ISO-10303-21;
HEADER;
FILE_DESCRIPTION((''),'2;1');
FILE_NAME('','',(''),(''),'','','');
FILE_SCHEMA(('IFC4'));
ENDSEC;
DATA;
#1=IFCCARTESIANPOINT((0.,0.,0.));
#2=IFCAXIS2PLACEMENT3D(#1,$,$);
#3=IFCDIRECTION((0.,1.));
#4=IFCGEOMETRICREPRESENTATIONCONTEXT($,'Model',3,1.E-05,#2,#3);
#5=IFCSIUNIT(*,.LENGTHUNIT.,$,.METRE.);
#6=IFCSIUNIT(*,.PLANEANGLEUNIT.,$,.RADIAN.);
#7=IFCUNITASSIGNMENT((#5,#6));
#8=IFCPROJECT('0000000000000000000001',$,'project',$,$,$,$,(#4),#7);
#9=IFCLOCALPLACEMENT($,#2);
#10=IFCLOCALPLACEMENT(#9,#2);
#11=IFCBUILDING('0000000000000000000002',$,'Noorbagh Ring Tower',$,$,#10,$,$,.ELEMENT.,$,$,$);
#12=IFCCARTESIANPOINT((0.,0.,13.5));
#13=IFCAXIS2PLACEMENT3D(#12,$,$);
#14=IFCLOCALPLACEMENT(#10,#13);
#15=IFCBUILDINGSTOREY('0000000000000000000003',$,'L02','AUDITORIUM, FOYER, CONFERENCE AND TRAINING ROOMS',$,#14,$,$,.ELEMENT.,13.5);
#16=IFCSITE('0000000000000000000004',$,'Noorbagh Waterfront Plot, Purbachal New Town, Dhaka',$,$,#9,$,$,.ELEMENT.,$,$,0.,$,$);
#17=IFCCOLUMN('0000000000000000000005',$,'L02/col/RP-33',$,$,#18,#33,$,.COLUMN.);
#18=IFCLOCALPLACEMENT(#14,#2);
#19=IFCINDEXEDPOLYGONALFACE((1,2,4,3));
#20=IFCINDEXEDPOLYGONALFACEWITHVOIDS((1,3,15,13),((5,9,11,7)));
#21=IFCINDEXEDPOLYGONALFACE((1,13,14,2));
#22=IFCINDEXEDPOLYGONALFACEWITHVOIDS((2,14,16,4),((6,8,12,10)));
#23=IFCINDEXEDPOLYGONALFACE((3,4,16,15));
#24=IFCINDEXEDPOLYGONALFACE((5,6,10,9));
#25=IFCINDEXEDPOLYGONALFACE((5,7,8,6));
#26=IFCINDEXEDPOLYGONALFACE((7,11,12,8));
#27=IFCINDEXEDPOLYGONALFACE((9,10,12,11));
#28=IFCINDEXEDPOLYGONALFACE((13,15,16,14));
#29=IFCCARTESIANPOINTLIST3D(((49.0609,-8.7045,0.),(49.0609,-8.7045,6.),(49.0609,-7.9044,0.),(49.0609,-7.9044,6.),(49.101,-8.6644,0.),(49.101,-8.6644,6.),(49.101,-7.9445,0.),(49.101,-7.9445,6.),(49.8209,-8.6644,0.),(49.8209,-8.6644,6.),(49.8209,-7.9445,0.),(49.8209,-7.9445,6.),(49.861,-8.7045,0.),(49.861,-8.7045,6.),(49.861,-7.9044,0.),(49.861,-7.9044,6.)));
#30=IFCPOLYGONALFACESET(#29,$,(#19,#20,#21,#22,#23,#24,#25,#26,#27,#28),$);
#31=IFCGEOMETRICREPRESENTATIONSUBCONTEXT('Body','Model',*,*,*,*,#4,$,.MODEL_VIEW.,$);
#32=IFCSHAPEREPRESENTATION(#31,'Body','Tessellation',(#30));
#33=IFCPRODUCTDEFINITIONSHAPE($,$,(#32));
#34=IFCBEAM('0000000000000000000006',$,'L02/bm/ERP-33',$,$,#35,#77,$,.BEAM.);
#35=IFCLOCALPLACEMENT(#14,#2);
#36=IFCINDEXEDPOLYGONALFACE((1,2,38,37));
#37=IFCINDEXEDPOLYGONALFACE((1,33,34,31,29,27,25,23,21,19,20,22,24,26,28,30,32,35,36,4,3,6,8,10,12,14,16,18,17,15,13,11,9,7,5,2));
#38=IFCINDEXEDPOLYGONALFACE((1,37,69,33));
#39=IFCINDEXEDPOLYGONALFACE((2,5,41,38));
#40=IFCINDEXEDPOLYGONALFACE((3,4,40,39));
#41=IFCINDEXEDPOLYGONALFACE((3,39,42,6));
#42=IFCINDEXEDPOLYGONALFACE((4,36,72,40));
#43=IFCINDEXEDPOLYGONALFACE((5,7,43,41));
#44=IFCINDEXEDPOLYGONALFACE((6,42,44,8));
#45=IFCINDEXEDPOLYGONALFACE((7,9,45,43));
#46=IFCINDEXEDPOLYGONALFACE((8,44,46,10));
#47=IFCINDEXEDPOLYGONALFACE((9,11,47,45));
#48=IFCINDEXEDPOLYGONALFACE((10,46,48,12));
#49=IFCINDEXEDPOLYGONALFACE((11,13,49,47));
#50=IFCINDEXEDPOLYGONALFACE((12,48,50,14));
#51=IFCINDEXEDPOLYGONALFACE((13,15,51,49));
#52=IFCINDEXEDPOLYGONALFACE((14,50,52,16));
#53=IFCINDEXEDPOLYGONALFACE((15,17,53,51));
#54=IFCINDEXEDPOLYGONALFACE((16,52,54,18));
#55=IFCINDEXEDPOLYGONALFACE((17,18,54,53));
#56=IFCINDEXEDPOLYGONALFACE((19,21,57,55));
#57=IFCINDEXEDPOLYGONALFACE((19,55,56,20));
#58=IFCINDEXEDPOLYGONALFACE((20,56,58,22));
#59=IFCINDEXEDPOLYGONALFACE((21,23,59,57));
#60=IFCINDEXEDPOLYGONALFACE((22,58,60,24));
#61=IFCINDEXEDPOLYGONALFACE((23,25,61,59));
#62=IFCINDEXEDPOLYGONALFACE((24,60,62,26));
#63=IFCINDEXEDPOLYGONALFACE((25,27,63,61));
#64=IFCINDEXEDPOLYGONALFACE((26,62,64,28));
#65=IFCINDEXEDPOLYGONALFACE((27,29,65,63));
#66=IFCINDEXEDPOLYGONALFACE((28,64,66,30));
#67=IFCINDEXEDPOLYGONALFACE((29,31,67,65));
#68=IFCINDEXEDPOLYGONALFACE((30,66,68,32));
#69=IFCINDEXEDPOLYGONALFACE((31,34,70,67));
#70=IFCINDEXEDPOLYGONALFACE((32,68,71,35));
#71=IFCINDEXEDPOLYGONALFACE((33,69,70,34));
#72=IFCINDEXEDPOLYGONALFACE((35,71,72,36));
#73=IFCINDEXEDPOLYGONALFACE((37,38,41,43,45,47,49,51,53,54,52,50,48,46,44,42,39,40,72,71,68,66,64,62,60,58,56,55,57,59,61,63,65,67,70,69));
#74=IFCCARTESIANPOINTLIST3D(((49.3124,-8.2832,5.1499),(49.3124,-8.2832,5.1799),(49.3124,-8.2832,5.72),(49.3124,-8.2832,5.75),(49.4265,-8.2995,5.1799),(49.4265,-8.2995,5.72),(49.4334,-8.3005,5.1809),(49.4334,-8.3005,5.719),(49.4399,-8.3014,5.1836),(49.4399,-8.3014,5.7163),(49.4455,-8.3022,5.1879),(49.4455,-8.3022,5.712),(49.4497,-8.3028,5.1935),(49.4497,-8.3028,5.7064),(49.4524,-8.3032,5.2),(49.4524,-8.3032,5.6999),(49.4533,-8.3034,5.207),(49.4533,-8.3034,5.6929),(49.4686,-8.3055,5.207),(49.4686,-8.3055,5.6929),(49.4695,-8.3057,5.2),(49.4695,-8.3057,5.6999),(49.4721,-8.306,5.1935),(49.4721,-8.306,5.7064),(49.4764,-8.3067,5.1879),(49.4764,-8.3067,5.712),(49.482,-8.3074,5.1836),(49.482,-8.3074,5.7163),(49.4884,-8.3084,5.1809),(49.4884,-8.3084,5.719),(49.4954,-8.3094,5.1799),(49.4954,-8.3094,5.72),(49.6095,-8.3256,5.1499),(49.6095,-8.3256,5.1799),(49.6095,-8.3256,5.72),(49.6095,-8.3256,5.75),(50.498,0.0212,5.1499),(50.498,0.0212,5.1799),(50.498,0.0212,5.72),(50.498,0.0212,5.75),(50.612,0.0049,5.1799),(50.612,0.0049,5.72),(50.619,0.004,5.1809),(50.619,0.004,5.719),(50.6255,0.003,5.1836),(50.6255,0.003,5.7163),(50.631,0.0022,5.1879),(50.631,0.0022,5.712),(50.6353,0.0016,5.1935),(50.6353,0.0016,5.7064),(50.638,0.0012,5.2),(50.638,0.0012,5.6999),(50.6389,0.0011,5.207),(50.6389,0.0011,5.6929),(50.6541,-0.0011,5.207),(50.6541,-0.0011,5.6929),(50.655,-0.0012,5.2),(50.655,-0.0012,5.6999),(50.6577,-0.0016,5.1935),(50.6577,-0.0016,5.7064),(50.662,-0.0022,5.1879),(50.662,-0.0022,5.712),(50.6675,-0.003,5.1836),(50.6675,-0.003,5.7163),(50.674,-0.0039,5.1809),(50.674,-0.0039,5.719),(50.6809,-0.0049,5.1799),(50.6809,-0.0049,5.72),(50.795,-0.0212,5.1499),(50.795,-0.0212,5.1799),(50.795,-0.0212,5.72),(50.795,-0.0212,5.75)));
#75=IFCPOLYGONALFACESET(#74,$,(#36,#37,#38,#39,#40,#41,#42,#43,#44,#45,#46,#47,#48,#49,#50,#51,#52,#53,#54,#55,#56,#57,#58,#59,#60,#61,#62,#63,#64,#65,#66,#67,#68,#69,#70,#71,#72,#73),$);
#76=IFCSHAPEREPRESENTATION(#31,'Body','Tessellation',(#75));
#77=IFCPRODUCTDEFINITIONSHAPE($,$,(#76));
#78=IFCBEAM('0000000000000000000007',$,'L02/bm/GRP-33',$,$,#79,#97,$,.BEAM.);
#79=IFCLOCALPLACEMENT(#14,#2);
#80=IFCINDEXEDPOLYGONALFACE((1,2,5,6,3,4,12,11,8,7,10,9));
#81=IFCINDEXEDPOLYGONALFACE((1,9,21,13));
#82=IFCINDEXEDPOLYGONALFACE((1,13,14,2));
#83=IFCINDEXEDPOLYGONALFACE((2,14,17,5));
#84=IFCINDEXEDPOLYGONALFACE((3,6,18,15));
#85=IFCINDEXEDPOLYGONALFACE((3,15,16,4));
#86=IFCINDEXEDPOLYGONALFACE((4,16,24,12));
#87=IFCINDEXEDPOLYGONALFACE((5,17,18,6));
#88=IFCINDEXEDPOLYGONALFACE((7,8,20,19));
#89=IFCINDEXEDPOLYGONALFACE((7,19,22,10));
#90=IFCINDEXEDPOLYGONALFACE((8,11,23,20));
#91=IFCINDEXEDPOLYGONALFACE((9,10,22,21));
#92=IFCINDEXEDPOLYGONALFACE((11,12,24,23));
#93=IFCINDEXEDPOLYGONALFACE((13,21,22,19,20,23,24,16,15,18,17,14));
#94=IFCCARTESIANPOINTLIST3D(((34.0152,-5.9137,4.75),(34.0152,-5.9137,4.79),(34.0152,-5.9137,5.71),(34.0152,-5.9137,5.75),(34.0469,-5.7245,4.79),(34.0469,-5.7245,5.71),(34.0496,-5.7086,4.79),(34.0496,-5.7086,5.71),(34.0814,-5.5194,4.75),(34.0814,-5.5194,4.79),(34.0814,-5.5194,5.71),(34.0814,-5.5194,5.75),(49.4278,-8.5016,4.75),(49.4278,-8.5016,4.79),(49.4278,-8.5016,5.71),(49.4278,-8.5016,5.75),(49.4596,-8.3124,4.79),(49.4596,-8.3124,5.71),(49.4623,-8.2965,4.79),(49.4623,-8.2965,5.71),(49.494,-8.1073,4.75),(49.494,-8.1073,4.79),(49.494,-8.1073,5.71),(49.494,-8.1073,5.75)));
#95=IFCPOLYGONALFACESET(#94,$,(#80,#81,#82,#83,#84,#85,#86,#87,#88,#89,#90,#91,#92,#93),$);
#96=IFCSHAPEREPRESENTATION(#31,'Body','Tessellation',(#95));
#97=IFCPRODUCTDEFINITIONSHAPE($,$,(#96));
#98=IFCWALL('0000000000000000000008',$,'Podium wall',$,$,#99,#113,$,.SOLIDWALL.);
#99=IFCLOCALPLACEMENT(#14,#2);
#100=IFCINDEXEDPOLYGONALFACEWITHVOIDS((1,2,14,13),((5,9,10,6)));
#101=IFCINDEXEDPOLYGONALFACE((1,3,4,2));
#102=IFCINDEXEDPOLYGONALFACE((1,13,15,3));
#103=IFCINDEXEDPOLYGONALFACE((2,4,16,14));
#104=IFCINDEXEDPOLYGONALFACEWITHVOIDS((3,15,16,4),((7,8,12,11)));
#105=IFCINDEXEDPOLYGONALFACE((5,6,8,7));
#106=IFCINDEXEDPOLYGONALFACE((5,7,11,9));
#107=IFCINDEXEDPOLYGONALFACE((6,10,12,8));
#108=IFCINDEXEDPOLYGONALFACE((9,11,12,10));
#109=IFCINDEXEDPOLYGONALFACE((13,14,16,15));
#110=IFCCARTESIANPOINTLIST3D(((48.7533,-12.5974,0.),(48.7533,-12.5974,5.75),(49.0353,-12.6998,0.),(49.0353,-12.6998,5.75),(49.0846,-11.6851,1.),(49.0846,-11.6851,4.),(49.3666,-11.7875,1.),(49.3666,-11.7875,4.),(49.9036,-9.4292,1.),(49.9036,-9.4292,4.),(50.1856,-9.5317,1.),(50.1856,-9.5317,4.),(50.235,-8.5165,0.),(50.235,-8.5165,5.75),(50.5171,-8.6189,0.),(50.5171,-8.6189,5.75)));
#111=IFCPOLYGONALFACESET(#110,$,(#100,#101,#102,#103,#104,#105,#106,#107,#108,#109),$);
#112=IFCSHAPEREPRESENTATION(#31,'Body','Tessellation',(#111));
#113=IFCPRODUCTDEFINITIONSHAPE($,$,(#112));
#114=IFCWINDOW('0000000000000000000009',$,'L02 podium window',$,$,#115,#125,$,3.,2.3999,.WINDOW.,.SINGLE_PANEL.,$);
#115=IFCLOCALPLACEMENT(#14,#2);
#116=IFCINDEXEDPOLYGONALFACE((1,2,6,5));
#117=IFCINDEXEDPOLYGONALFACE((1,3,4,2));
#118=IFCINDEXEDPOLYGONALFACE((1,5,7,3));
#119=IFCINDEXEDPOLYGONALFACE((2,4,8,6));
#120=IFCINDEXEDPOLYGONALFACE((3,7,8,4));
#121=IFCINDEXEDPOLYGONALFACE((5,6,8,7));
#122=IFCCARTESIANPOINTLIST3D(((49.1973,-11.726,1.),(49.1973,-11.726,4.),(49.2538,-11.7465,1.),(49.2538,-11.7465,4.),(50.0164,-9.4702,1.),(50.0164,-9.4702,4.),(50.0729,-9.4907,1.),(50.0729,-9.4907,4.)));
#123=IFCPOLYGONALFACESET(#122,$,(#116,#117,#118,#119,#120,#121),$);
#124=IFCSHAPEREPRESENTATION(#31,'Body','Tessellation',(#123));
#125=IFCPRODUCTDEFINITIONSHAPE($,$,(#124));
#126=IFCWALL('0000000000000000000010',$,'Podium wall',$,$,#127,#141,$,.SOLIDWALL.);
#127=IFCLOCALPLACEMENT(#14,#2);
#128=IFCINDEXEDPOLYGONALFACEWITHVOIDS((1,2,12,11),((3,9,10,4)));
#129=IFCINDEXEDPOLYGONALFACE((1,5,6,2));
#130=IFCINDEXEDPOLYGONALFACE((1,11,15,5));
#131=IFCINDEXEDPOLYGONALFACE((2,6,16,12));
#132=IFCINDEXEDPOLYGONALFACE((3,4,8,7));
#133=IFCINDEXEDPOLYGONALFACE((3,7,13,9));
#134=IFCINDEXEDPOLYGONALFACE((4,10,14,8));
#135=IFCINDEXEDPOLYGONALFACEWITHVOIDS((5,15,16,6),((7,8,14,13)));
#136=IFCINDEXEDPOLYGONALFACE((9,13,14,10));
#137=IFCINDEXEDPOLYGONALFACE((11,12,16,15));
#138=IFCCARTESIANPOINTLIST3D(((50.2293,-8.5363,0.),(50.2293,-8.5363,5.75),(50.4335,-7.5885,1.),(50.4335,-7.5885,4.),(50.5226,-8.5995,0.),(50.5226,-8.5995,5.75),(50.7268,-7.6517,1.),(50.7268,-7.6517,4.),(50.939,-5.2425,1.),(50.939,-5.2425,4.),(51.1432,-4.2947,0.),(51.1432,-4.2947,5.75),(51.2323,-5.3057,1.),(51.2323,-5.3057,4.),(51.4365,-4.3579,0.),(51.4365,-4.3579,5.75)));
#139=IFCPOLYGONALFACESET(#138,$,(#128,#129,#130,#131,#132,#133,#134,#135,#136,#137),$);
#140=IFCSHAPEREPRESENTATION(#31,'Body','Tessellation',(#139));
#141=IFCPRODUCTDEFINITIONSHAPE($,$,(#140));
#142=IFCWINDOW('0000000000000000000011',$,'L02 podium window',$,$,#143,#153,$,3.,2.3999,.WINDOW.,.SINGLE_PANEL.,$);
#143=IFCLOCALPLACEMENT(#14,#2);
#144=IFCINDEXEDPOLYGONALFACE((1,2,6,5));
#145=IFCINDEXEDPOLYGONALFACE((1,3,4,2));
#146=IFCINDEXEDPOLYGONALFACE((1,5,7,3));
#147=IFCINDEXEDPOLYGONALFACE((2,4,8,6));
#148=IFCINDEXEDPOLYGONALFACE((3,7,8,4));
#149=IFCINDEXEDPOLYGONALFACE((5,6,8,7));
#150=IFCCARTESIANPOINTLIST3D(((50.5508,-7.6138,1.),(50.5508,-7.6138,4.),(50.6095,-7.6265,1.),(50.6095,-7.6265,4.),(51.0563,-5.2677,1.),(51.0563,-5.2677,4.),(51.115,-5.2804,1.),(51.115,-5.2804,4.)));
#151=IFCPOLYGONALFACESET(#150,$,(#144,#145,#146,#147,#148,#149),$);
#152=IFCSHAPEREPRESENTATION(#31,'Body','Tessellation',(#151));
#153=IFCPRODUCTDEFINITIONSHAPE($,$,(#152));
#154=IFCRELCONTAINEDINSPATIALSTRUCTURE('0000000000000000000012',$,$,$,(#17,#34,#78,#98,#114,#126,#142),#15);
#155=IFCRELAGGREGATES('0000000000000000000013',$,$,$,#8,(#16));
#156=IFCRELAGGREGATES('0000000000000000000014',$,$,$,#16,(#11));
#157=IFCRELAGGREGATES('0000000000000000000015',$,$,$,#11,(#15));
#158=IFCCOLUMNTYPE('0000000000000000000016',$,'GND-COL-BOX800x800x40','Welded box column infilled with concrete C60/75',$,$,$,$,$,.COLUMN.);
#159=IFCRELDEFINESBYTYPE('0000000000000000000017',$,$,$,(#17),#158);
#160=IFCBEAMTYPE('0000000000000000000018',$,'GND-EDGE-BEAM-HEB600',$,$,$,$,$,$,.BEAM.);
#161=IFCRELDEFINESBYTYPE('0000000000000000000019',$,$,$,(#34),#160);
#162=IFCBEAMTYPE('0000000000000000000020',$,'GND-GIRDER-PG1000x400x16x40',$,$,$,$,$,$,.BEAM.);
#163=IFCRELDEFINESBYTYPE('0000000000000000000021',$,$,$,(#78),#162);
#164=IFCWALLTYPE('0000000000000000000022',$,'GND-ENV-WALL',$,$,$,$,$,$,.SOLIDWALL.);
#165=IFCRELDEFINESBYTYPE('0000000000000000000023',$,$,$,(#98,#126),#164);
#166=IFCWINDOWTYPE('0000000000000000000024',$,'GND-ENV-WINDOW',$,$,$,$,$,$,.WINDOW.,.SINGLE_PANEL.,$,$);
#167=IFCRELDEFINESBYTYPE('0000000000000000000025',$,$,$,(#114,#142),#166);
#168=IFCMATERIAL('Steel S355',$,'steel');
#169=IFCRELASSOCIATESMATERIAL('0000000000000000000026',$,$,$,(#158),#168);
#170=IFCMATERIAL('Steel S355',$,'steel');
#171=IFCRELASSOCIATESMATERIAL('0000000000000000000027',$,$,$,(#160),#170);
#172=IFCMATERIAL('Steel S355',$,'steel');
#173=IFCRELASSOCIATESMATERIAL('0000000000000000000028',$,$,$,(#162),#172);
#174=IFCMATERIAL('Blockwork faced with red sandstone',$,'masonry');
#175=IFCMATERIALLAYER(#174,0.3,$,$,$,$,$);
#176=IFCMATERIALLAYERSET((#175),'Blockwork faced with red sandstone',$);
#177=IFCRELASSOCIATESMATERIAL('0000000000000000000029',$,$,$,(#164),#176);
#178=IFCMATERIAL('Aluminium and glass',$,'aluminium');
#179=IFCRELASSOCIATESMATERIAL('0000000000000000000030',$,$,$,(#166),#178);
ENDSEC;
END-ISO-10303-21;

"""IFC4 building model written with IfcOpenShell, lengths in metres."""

from ifc_helpers import new_model, si_unit, direction, frame, frame_2d, origin, origin_2d, place, context, subcontext, project, spatial, rectangle, hollow_rectangle, i_section, extrude, material, layer, layer_set, material_profile, profile_set, type_object, element, fill, save


model = new_model("IFC4")

# Units and contexts
model_context = context("Model", 3, precision=1e-05, world=origin(), true_north=direction((0.0, 1.0)))
body_context = subcontext(model_context, "Body", "Model", "MODEL_VIEW")
ifc_project = project(units=[si_unit("LENGTHUNIT", "METRE"), si_unit("PLANEANGLEUNIT", "RADIAN")], contexts=[model_context])

# Site, building, storey
site_placement = place(None, origin())
site = spatial("IfcSite", under=ifc_project, at=site_placement, Name="Noorbagh Waterfront Plot, Purbachal New Town, Dhaka", CompositionType="ELEMENT", RefElevation=0.0)
building_placement = place(site_placement, origin())
building = spatial("IfcBuilding", under=site, at=building_placement, Name="Noorbagh Ring Tower", CompositionType="ELEMENT")
storey_placement = place(building_placement, frame((0.0, 0.0, 13.5)))
storey = spatial("IfcBuildingStorey", under=building, at=storey_placement, Name="L02", Description="AUDITORIUM, FOYER, CONFERENCE AND TRAINING ROOMS", CompositionType="ELEMENT", Elevation=13.5)

# Column
ifc_material_1 = material(Name="Steel S355", Category="steel")
ifc_material_profile_1 = material_profile(ifc_material_1, hollow_rectangle(XDim=0.8, YDim=0.8, WallThickness=0.04, at=origin_2d()), Name="BOX800x800x40")
ifc_profile_set_1 = profile_set([ifc_material_profile_1], Name="Steel S355")
column_type = type_object("IfcColumnType", Name="GND-COL-BOX800x800x40", Description="Welded box column infilled with concrete C60/75", PredefinedType="COLUMN", material=ifc_profile_set_1)
column_placement = place(storey_placement, frame((49.4609, -8.3044, 0.0), z_axis=(0.0, 0.0, 1.0), x_axis=(1.0, 0.0, 0.0)))
element("IfcColumn", 1, at=column_placement, inside=storey, type_object=column_type, Name="L02/col/RP-33", PredefinedType="COLUMN", context=body_context, shape_type="SweptSolid", body=[
    extrude(hollow_rectangle(XDim=0.8, YDim=0.8, WallThickness=0.04, at=origin_2d()), origin(), (0.0, 0.0, 1.0), 6.0),
])

# Beams
ifc_material_2 = material(Name="Steel S355", Category="steel")
ifc_material_profile_2 = material_profile(ifc_material_2, i_section(OverallWidth=0.3, OverallDepth=0.6001, WebThickness=0.0154, FlangeThickness=0.03, FilletRadius=0.0271, at=origin_2d()), Name="HEB600")
ifc_profile_set_2 = profile_set([ifc_material_profile_2], Name="Steel S355")
beam_type_1 = type_object("IfcBeamType", Name="GND-EDGE-BEAM-HEB600", PredefinedType="BEAM", material=ifc_profile_set_2)
beam_1_placement = place(storey_placement, frame((49.4609, -8.3044, 5.45), z_axis=(0.141328, 0.989963, 0.0), x_axis=(-0.989963, 0.141328, 0.0)))
element("IfcBeam", 2, at=beam_1_placement, inside=storey, type_object=beam_type_1, Name="L02/bm/ERP-33", PredefinedType="BEAM", context=body_context, shape_type="SweptSolid", body=[
    extrude(i_section(OverallWidth=0.3, OverallDepth=0.6001, WebThickness=0.0154, FlangeThickness=0.03, FilletRadius=0.0271, at=origin_2d()), origin(), (0.0, 0.0, 1.0), 8.3887),
])
ifc_material_3 = material(Name="Steel S355", Category="steel")
ifc_material_profile_3 = material_profile(ifc_material_3, i_section(OverallWidth=0.3999, OverallDepth=1.0, WebThickness=0.0161, FlangeThickness=0.04, at=origin_2d()), Name="PG1000x400x16x40")
ifc_profile_set_3 = profile_set([ifc_material_profile_3], Name="Steel S355")
beam_type_2 = type_object("IfcBeamType", Name="GND-GIRDER-PG1000x400x16x40", PredefinedType="BEAM", material=ifc_profile_set_3)
beam_2_placement = place(storey_placement, frame((49.4609, -8.3044, 5.25), z_axis=(-0.986195, 0.165589, 0.0), x_axis=(-0.165589, -0.986195, 0.0)))
element("IfcBeam", 3, at=beam_2_placement, inside=storey, type_object=beam_type_2, Name="L02/bm/GRP-33", PredefinedType="BEAM", context=body_context, shape_type="SweptSolid", body=[
    extrude(i_section(OverallWidth=0.3999, OverallDepth=1.0, WebThickness=0.0161, FlangeThickness=0.04, at=origin_2d()), origin(), (0.0, 0.0, 1.0), 15.6284),
])

# Walls, openings, windows
ifc_material_4 = material(Name="Blockwork faced with red sandstone", Category="masonry")
ifc_layer_1 = layer(ifc_material_4, 0.3)
ifc_layer_set_1 = layer_set([ifc_layer_1], Name="Blockwork faced with red sandstone")
wall_type_1 = type_object("IfcWallType", Name="GND-ENV-WALL", PredefinedType="SOLIDWALL", material=ifc_layer_set_1)
wall_1_placement = place(storey_placement, frame((48.8943, -12.6487, 0.0), z_axis=(0.0, 0.0, 1.0), x_axis=(0.341287, 0.939959, 0.0)))
wall_1 = element("IfcWall", 4, at=wall_1_placement, inside=storey, type_object=wall_type_1, Name="Podium wall", PredefinedType="SOLIDWALL", context=body_context, shape_type="SweptSolid", body=[
    extrude(rectangle(XDim=4.3416, YDim=0.3, at=frame_2d((2.1709, 0.0))), origin(), (0.0, 0.0, 1.0), 5.75),
])
opening_1_placement = place(wall_1_placement, frame((0.9707, 0.0, 1.0)))
opening_1 = element("IfcOpeningElement", 5, at=opening_1_placement, cuts=wall_1, PredefinedType="OPENING", context=body_context, shape_type="SweptSolid", body=[
    extrude(rectangle(XDim=2.3999, YDim=3.0, at=frame_2d((1.2, 1.5))), frame((0.0, 0.1602, 0.0), z_axis=(0.0, -1.0, 0.0), x_axis=(1.0, 0.0, 0.0)), (0.0, 0.0, 1.0), 0.3201),
])
ifc_material_5 = material(Name="Aluminium and glass", Category="aluminium")
window_type = type_object("IfcWindowType", Name="GND-ENV-WINDOW", PartitioningType="SINGLE_PANEL", PredefinedType="WINDOW", material=ifc_material_5)
window_1_placement = place(opening_1_placement, origin())
window_1 = element("IfcWindow", 6, at=window_1_placement, inside=storey, type_object=window_type, Name="L02 podium window", OverallHeight=3.0, OverallWidth=2.3999, PartitioningType="SINGLE_PANEL", PredefinedType="WINDOW", context=body_context, shape_type="SweptSolid", body=[
    extrude(rectangle(XDim=2.3999, YDim=3.0, at=frame_2d((1.2, 1.5))), frame((0.0, 0.03, 0.0), z_axis=(0.0, -1.0, 0.0), x_axis=(1.0, 0.0, 0.0)), (0.0, 0.0, 1.0), 0.0601),
])
fill(opening_1, window_1)
wall_2_placement = place(storey_placement, frame((50.376, -8.5679, 0.0), z_axis=(0.0, 0.0, 1.0), x_axis=(0.210616, 0.977569, 0.0)))
wall_2 = element("IfcWall", 7, at=wall_2_placement, inside=storey, type_object=wall_type_1, Name="Podium wall", PredefinedType="SOLIDWALL", context=body_context, shape_type="SweptSolid", body=[
    extrude(rectangle(XDim=4.3389, YDim=0.3, at=frame_2d((2.1694, 0.0))), origin(), (0.0, 0.0, 1.0), 5.75),
])
opening_2_placement = place(wall_2_placement, frame((0.9695, 0.0, 1.0)))
opening_2 = element("IfcOpeningElement", 8, at=opening_2_placement, cuts=wall_2, PredefinedType="OPENING", context=body_context, shape_type="SweptSolid", body=[
    extrude(rectangle(XDim=2.3999, YDim=3.0, at=frame_2d((1.2, 1.5))), frame((0.0, 0.1602, 0.0), z_axis=(0.0, -1.0, 0.0), x_axis=(1.0, 0.0, 0.0)), (0.0, 0.0, 1.0), 0.3201),
])
window_2_placement = place(opening_2_placement, origin())
window_2 = element("IfcWindow", 9, at=window_2_placement, inside=storey, type_object=window_type, Name="L02 podium window", OverallHeight=3.0, OverallWidth=2.3999, PartitioningType="SINGLE_PANEL", PredefinedType="WINDOW", context=body_context, shape_type="SweptSolid", body=[
    extrude(rectangle(XDim=2.3999, YDim=3.0, at=frame_2d((1.2, 1.5))), frame((0.0, 0.03, 0.0), z_axis=(0.0, -1.0, 0.0), x_axis=(1.0, 0.0, 0.0)), (0.0, 0.0, 1.0), 0.0601),
])
fill(opening_2, window_2)

save(model, "model.ifc")
